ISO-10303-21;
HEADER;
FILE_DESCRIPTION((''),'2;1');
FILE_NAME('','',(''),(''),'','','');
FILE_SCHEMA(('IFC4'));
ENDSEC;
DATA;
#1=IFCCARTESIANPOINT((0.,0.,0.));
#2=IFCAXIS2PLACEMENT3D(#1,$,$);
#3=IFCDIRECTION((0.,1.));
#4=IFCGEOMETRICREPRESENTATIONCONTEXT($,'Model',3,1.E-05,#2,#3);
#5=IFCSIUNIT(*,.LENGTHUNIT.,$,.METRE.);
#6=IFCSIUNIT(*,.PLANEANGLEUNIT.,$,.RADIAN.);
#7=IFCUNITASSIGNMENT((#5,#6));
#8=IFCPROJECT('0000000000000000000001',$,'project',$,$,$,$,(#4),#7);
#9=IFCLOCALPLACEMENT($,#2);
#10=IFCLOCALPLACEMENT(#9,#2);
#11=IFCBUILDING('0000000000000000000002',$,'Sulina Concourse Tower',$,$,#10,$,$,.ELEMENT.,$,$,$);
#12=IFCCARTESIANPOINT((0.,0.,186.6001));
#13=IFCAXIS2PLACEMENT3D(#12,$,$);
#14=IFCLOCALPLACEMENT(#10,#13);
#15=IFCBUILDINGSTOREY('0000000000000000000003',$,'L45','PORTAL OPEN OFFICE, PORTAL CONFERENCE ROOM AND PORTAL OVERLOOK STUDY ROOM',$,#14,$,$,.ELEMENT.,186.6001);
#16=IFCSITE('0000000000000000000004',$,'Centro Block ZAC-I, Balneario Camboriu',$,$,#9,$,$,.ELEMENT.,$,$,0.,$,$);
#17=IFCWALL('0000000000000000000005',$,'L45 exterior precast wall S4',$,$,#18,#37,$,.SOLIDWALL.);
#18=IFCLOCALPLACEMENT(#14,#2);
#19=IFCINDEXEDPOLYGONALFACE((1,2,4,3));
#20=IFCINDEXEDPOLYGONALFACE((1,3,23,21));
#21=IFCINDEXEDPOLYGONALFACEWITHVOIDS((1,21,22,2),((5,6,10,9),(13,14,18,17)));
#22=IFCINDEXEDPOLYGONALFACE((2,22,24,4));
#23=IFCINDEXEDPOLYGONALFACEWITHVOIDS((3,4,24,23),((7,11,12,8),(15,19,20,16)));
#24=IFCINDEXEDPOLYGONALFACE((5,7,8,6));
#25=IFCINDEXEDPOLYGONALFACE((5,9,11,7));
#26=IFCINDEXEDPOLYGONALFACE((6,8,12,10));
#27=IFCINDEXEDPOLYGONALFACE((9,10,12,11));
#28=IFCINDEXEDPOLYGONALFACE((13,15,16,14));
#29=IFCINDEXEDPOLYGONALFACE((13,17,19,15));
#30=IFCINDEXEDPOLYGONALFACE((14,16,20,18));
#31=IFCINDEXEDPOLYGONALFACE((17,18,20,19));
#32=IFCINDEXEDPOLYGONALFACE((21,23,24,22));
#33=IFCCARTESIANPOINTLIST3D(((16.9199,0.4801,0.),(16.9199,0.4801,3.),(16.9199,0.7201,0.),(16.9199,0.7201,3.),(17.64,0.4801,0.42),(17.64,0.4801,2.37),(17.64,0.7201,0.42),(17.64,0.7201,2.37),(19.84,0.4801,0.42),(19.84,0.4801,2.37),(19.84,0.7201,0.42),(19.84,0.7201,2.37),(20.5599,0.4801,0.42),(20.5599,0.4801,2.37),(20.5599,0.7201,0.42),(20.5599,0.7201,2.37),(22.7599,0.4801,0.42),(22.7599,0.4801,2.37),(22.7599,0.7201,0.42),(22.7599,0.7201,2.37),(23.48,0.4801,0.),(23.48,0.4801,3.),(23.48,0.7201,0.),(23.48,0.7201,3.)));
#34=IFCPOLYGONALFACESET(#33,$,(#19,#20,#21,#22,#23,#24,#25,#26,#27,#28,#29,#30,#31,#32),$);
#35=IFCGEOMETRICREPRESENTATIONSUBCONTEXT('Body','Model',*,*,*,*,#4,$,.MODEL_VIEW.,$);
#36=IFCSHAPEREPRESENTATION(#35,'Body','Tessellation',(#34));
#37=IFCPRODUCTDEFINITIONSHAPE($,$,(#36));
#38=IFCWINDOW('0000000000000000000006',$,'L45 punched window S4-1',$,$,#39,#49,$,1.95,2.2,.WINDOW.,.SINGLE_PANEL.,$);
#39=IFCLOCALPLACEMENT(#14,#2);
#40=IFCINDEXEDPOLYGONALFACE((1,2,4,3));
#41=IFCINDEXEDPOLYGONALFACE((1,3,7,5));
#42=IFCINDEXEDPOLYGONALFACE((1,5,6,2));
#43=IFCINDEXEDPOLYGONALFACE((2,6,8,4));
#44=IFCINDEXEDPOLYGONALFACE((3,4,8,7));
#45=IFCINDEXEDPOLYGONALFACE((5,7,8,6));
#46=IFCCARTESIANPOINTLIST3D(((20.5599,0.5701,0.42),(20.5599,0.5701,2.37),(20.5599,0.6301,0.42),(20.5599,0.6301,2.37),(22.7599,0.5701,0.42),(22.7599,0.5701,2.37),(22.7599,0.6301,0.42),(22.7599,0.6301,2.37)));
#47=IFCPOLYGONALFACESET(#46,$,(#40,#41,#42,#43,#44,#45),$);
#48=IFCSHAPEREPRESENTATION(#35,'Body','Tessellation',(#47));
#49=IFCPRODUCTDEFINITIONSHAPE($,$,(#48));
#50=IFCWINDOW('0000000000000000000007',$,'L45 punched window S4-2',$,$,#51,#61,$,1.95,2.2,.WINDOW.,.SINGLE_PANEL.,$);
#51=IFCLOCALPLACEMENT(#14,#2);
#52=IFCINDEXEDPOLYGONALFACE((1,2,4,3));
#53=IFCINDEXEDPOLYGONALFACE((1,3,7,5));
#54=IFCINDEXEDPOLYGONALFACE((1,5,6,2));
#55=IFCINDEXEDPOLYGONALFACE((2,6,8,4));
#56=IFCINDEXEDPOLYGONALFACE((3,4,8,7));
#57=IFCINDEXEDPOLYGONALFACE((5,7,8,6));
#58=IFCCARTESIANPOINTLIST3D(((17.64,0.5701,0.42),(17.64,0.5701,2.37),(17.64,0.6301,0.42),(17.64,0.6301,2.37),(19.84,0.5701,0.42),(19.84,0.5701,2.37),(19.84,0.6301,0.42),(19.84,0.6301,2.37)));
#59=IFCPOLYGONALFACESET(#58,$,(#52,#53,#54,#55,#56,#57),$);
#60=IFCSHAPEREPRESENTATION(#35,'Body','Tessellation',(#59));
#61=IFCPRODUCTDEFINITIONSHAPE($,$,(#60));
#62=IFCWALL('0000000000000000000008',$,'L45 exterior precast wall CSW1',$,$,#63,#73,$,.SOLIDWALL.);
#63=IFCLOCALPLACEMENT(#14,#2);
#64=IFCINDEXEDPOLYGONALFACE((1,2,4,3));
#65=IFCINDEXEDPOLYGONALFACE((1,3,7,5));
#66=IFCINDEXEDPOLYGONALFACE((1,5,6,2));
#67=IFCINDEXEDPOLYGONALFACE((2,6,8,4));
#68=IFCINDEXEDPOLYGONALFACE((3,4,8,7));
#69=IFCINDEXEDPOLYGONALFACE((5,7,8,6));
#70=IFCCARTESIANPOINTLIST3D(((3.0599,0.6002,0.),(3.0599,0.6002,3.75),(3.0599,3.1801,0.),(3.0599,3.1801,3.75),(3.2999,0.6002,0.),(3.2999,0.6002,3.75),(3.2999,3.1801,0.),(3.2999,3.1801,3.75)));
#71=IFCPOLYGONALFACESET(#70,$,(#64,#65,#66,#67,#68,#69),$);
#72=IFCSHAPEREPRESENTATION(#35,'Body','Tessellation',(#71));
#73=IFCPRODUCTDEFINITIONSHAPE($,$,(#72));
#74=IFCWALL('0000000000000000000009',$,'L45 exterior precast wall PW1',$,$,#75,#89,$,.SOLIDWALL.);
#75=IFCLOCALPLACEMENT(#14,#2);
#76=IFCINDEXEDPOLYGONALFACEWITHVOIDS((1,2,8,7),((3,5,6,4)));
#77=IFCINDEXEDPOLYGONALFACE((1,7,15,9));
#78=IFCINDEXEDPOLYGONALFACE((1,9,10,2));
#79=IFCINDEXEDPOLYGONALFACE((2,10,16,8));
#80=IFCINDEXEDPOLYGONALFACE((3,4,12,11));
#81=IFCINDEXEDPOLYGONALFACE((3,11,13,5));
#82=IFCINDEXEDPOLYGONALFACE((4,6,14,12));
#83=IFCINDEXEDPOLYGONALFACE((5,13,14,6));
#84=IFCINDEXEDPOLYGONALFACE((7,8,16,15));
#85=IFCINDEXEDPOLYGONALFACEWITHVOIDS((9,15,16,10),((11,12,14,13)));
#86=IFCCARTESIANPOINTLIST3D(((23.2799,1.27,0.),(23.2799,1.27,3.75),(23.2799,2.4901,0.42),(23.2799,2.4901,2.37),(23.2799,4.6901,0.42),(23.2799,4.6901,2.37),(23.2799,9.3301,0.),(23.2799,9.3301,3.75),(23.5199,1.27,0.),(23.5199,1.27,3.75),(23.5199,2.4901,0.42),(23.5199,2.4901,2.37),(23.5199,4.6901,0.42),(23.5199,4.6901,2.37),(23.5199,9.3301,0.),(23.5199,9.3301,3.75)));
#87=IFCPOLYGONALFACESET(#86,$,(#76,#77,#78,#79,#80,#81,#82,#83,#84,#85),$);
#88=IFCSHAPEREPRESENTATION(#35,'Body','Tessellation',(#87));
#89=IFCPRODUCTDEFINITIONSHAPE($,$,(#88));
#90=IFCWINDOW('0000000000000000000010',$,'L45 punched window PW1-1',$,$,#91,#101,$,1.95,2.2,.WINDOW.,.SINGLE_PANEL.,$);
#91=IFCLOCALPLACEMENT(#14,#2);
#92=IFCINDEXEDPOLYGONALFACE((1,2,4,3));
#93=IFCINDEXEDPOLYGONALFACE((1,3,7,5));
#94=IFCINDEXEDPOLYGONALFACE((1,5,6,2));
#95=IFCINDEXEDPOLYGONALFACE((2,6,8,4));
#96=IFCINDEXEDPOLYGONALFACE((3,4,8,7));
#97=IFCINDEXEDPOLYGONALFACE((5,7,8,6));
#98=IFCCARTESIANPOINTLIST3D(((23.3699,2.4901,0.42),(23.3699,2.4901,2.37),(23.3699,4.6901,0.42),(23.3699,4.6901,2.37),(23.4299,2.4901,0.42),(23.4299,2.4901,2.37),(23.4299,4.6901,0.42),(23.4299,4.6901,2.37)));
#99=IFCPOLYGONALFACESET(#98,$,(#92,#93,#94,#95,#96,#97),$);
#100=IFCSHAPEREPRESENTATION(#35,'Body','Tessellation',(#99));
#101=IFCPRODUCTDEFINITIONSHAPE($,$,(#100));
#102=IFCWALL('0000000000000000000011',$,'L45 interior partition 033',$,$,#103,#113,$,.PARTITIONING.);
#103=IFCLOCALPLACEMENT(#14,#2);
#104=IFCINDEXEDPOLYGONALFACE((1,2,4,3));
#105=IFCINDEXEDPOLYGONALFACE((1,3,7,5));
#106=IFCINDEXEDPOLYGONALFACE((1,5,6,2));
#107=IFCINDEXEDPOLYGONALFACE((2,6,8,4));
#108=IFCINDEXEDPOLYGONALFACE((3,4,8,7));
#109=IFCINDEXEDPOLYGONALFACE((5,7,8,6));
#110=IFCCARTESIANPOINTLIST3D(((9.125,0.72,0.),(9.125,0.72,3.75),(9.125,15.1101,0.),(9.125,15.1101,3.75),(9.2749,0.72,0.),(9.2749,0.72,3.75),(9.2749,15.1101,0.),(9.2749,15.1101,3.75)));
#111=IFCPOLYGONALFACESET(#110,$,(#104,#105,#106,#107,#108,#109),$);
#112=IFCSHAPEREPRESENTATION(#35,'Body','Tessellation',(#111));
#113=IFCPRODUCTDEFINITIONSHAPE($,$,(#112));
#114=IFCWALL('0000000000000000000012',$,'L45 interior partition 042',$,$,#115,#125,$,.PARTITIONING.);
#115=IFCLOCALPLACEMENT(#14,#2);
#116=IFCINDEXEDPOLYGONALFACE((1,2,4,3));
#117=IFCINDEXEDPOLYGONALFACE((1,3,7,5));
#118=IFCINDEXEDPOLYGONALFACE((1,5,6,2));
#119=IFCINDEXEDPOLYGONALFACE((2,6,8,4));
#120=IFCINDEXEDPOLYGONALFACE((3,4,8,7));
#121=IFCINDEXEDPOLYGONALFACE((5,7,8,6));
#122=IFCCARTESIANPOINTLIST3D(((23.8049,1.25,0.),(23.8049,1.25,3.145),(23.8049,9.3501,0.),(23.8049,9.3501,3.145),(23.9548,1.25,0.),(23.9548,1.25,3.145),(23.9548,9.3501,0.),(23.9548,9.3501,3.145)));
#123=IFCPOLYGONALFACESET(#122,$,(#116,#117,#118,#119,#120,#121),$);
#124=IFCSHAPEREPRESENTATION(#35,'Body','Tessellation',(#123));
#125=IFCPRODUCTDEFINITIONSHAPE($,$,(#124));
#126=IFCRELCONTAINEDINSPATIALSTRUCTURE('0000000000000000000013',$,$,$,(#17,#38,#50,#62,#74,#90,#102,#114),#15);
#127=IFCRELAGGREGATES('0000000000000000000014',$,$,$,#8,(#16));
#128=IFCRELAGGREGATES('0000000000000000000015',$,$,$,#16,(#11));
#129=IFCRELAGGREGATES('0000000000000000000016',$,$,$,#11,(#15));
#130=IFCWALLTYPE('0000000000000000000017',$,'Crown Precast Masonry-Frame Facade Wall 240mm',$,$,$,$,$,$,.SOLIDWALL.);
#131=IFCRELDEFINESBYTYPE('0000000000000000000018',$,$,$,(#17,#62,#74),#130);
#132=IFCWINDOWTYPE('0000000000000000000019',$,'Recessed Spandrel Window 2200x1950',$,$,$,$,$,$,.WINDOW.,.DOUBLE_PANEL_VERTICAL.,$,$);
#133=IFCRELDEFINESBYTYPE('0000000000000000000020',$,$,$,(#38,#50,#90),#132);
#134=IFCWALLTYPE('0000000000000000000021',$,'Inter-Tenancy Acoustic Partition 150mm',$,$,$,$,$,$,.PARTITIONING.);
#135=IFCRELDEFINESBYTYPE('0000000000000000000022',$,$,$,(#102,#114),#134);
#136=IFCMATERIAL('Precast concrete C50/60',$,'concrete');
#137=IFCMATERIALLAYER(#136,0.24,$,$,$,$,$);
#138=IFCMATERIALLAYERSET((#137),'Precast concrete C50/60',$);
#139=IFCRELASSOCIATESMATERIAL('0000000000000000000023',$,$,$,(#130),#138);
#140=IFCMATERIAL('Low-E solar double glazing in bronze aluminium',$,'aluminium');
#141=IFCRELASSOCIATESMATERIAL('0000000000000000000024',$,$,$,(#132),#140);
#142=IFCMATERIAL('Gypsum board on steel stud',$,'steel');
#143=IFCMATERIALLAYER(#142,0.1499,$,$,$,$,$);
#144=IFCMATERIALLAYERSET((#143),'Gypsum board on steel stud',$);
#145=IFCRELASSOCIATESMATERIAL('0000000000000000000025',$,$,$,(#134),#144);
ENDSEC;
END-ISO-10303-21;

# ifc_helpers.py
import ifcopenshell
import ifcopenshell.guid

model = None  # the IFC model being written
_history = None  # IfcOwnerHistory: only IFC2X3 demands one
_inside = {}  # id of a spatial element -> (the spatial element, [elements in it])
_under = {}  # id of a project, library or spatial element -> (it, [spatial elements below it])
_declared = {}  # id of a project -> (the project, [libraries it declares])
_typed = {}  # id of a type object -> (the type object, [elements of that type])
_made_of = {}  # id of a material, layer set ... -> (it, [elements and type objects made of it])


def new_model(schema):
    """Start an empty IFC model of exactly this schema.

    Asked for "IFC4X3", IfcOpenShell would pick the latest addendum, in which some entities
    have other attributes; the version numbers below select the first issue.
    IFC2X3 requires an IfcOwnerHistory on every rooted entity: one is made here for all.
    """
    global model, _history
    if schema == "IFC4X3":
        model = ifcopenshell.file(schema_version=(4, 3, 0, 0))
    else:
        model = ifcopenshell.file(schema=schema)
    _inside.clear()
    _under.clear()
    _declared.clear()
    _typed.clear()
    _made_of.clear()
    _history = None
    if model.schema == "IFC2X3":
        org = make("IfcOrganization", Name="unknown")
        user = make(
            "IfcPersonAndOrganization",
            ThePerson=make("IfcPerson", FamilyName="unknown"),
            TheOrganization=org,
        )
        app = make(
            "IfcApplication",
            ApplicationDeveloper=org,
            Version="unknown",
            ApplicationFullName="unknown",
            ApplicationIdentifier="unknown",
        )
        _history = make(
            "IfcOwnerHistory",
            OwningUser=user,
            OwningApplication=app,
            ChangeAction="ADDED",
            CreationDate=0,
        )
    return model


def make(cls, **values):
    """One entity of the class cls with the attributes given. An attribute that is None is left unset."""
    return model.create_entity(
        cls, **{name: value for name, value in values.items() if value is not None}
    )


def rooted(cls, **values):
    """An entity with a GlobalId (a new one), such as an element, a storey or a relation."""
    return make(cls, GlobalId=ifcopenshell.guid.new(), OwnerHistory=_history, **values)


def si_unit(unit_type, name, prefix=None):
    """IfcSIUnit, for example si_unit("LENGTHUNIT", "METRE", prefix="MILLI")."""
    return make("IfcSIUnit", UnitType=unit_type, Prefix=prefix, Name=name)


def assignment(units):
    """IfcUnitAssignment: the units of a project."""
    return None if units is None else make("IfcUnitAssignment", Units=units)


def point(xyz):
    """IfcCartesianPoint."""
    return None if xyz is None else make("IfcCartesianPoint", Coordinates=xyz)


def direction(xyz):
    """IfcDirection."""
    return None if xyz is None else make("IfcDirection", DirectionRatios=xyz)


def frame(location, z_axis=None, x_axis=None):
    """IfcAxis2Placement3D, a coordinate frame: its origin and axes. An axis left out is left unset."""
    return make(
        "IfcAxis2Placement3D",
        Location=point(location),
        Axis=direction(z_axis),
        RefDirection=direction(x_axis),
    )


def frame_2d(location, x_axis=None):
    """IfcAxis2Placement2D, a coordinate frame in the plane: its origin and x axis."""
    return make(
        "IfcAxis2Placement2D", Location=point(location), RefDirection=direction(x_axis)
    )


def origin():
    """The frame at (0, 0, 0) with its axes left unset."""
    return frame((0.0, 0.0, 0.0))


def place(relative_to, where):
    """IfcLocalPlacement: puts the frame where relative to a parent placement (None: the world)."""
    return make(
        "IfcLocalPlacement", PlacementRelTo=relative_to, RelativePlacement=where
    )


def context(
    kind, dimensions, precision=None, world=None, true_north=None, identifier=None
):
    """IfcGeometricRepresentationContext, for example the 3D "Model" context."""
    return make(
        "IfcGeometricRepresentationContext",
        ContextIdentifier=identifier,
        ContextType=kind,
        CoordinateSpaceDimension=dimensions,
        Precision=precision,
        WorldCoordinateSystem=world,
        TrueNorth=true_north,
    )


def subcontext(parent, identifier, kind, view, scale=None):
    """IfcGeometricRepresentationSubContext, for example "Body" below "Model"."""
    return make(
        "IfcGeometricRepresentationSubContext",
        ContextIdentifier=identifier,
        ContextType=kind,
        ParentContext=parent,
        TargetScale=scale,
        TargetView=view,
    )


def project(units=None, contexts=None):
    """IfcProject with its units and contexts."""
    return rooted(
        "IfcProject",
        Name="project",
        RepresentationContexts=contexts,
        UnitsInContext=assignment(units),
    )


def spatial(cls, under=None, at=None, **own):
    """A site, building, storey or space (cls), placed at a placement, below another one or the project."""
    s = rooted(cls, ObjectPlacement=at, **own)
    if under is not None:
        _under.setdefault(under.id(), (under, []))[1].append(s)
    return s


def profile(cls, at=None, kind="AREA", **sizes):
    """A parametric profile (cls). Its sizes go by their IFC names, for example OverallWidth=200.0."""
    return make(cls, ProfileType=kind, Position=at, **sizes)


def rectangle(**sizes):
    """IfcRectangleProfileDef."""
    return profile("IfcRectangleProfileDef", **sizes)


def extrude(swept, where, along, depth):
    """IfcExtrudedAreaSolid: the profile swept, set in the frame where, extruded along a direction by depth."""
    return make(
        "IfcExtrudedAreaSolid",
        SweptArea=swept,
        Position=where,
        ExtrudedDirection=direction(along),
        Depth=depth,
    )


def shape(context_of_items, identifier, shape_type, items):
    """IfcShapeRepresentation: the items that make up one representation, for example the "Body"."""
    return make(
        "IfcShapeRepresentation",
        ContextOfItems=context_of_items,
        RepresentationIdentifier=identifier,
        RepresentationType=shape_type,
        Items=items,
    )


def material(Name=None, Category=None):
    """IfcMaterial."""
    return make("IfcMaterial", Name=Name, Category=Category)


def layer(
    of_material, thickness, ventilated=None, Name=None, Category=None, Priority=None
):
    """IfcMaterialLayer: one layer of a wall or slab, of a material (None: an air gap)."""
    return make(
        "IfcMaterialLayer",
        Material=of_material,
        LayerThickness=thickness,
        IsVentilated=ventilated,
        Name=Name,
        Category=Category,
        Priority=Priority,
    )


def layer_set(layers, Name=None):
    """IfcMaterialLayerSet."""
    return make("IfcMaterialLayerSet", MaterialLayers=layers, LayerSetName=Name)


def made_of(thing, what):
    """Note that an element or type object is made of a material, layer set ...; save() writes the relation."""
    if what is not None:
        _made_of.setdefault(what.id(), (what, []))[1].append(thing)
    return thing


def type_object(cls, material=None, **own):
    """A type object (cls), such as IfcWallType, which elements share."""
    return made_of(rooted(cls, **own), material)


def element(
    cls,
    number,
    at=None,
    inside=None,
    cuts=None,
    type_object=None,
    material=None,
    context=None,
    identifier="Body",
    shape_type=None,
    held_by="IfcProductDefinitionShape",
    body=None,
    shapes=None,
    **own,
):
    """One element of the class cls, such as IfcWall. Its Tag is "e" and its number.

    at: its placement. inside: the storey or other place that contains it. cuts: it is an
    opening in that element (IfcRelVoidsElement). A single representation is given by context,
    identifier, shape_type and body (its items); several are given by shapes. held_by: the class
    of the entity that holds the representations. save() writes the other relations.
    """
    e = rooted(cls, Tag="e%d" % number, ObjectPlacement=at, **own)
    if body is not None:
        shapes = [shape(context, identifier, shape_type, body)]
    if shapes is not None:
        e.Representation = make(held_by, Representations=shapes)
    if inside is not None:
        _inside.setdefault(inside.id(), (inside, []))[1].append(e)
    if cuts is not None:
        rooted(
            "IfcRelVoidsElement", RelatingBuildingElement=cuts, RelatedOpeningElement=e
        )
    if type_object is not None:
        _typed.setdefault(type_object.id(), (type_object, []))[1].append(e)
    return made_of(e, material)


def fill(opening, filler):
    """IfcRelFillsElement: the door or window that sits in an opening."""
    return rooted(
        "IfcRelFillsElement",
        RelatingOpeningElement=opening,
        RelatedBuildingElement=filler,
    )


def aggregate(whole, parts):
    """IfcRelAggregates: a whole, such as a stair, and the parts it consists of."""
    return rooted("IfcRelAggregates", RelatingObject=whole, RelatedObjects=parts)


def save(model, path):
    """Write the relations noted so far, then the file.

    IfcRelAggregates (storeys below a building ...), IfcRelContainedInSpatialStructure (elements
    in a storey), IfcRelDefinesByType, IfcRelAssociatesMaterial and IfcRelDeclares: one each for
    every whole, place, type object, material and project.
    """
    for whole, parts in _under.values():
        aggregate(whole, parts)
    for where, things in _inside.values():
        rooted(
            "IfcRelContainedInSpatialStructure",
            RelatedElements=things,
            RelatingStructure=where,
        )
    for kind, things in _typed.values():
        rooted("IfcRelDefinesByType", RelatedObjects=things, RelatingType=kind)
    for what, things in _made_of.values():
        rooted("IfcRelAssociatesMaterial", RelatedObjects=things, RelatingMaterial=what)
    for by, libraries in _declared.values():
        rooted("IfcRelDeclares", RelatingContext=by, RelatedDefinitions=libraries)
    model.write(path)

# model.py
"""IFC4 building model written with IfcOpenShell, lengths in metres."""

from ifc_helpers import new_model, si_unit, direction, frame, frame_2d, origin, place, context, subcontext, project, spatial, rectangle, extrude, material, layer, layer_set, type_object, element, fill, save


model = new_model("IFC4")

# Units and contexts
model_context = context("Model", 3, precision=1e-05, world=origin(), true_north=direction((0.0, 1.0)))
body_context = subcontext(model_context, "Body", "Model", "MODEL_VIEW")
ifc_project = project(units=[si_unit("LENGTHUNIT", "METRE"), si_unit("PLANEANGLEUNIT", "RADIAN")], contexts=[model_context])

# Site, building, storey
site_placement = place(None, origin())
site = spatial("IfcSite", under=ifc_project, at=site_placement, Name="Centro Block ZAC-I, Balneario Camboriu", CompositionType="ELEMENT", RefElevation=0.0)
building_placement = place(site_placement, origin())
building = spatial("IfcBuilding", under=site, at=building_placement, Name="Sulina Concourse Tower", CompositionType="ELEMENT")
storey_placement = place(building_placement, frame((0.0, 0.0, 186.6001)))
storey = spatial("IfcBuildingStorey", under=building, at=storey_placement, Name="L45", Description="PORTAL OPEN OFFICE, PORTAL CONFERENCE ROOM AND PORTAL OVERLOOK STUDY ROOM", CompositionType="ELEMENT", Elevation=186.6001)

# Shared definitions
ifc_material_1 = material(Name="Precast concrete C50/60", Category="concrete")
ifc_layer_1 = layer(ifc_material_1, 0.24)
ifc_layer_set_1 = layer_set([ifc_layer_1], Name="Precast concrete C50/60")
wall_type_1 = type_object("IfcWallType", Name="Crown Precast Masonry-Frame Facade Wall 240mm", PredefinedType="SOLIDWALL", material=ifc_layer_set_1)

# Wall, openings, windows
wall_1_placement = place(storey_placement, frame((23.48, 0.6001, 0.0), z_axis=(0.0, 0.0, 1.0), x_axis=(-1.0, 0.0, 0.0)))
wall_1 = element("IfcWall", 1, at=wall_1_placement, inside=storey, type_object=wall_type_1, Name="L45 exterior precast wall S4", PredefinedType="SOLIDWALL", context=body_context, shape_type="SweptSolid", body=[
    extrude(rectangle(XDim=6.5601, YDim=0.24, at=frame_2d((3.28, 0.0))), origin(), (0.0, 0.0, 1.0), 3.0),
])
opening_1_placement = place(wall_1_placement, frame((0.72, 0.0, 0.4199)))
opening_1 = element("IfcOpeningElement", 2, at=opening_1_placement, cuts=wall_1, PredefinedType="OPENING", context=body_context, shape_type="SweptSolid", body=[
    extrude(rectangle(XDim=2.2, YDim=1.95, at=frame_2d((1.1001, 0.9751))), frame((0.0, 0.1299, 0.0), z_axis=(0.0, -1.0, 0.0), x_axis=(1.0, 0.0, 0.0)), (0.0, 0.0, 1.0), 0.26),
])
opening_2_placement = place(wall_1_placement, frame((3.6399, 0.0, 0.4199)))
opening_2 = element("IfcOpeningElement", 3, at=opening_2_placement, cuts=wall_1, PredefinedType="OPENING", context=body_context, shape_type="SweptSolid", body=[
    extrude(rectangle(XDim=2.2, YDim=1.95, at=frame_2d((1.1001, 0.9751))), frame((0.0, 0.1299, 0.0), z_axis=(0.0, -1.0, 0.0), x_axis=(1.0, 0.0, 0.0)), (0.0, 0.0, 1.0), 0.26),
])
ifc_material_2 = material(Name="Low-E solar double glazing in bronze aluminium", Category="aluminium")
window_type = type_object("IfcWindowType", Name="Recessed Spandrel Window 2200x1950", PartitioningType="DOUBLE_PANEL_VERTICAL", PredefinedType="WINDOW", material=ifc_material_2)
window_1_placement = place(opening_1_placement, origin())
window_1 = element("IfcWindow", 4, at=window_1_placement, inside=storey, type_object=window_type, Name="L45 punched window S4-1", OverallHeight=1.95, OverallWidth=2.2, PartitioningType="SINGLE_PANEL", PredefinedType="WINDOW", context=body_context, shape_type="SweptSolid", body=[
    extrude(rectangle(XDim=2.2, YDim=1.95, at=frame_2d((1.1001, 0.9751))), frame((0.0, 0.03, 0.0), z_axis=(0.0, -1.0, 0.0), x_axis=(1.0, 0.0, 0.0)), (0.0, 0.0, 1.0), 0.0601),
])
fill(opening_1, window_1)
window_2_placement = place(opening_2_placement, origin())
window_2 = element("IfcWindow", 5, at=window_2_placement, inside=storey, type_object=window_type, Name="L45 punched window S4-2", OverallHeight=1.95, OverallWidth=2.2, PartitioningType="SINGLE_PANEL", PredefinedType="WINDOW", context=body_context, shape_type="SweptSolid", body=[
    extrude(rectangle(XDim=2.2, YDim=1.95, at=frame_2d((1.1001, 0.9751))), frame((0.0, 0.03, 0.0), z_axis=(0.0, -1.0, 0.0), x_axis=(1.0, 0.0, 0.0)), (0.0, 0.0, 1.0), 0.0601),
])
fill(opening_2, window_2)

# Wall
wall_2_placement = place(storey_placement, frame((3.1799, 0.6001, 0.0), z_axis=(0.0, 0.0, 1.0), x_axis=(0.0, 1.0, 0.0)))
element("IfcWall", 6, at=wall_2_placement, inside=storey, type_object=wall_type_1, Name="L45 exterior precast wall CSW1", PredefinedType="SOLIDWALL", context=body_context, shape_type="SweptSolid", body=[
    extrude(rectangle(XDim=2.5798, YDim=0.24, at=frame_2d((1.29, 0.0))), origin(), (0.0, 0.0, 1.0), 3.75),
])

# Wall, opening, window
wall_3_placement = place(storey_placement, frame((23.3999, 9.3301, 0.0), z_axis=(0.0, 0.0, 1.0), x_axis=(0.0, -1.0, 0.0)))
wall_3 = element("IfcWall", 7, at=wall_3_placement, inside=storey, type_object=wall_type_1, Name="L45 exterior precast wall PW1", PredefinedType="SOLIDWALL", context=body_context, shape_type="SweptSolid", body=[
    extrude(rectangle(XDim=8.0601, YDim=0.24, at=frame_2d((4.03, 0.0))), origin(), (0.0, 0.0, 1.0), 3.75),
])
opening_3_placement = place(wall_3_placement, frame((4.6399, 0.0, 0.4199)))
opening_3 = element("IfcOpeningElement", 8, at=opening_3_placement, cuts=wall_3, PredefinedType="OPENING", context=body_context, shape_type="SweptSolid", body=[
    extrude(rectangle(XDim=2.2, YDim=1.95, at=frame_2d((1.1001, 0.9751))), frame((0.0, 0.1299, 0.0), z_axis=(0.0, -1.0, 0.0), x_axis=(1.0, 0.0, 0.0)), (0.0, 0.0, 1.0), 0.26),
])
window_3_placement = place(opening_3_placement, origin())
window_3 = element("IfcWindow", 9, at=window_3_placement, inside=storey, type_object=window_type, Name="L45 punched window PW1-1", OverallHeight=1.95, OverallWidth=2.2, PartitioningType="SINGLE_PANEL", PredefinedType="WINDOW", context=body_context, shape_type="SweptSolid", body=[
    extrude(rectangle(XDim=2.2, YDim=1.95, at=frame_2d((1.1001, 0.9751))), frame((0.0, 0.03, 0.0), z_axis=(0.0, -1.0, 0.0), x_axis=(1.0, 0.0, 0.0)), (0.0, 0.0, 1.0), 0.0601),
])
fill(opening_3, window_3)

# Walls
ifc_material_3 = material(Name="Gypsum board on steel stud", Category="steel")
ifc_layer_2 = layer(ifc_material_3, 0.1499)
ifc_layer_set_2 = layer_set([ifc_layer_2], Name="Gypsum board on steel stud")
wall_type_2 = type_object("IfcWallType", Name="Inter-Tenancy Acoustic Partition 150mm", PredefinedType="PARTITIONING", material=ifc_layer_set_2)
wall_4_placement = place(storey_placement, frame((9.2, 0.72, 0.0), z_axis=(0.0, 0.0, 1.0), x_axis=(0.0, 1.0, 0.0)))
element("IfcWall", 10, at=wall_4_placement, inside=storey, type_object=wall_type_2, Name="L45 interior partition 033", PredefinedType="PARTITIONING", context=body_context, shape_type="SweptSolid", body=[
    extrude(rectangle(XDim=14.3901, YDim=0.1499, at=frame_2d((7.1951, 0.0))), origin(), (0.0, 0.0, 1.0), 3.75),
])
wall_5_placement = place(storey_placement, frame((23.8799, 1.25, 0.0), z_axis=(0.0, 0.0, 1.0), x_axis=(0.0, 1.0, 0.0)))
element("IfcWall", 11, at=wall_5_placement, inside=storey, type_object=wall_type_2, Name="L45 interior partition 042", PredefinedType="PARTITIONING", context=body_context, shape_type="SweptSolid", body=[
    extrude(rectangle(XDim=8.1001, YDim=0.1499, at=frame_2d((4.05, 0.0))), origin(), (0.0, 0.0, 1.0), 3.145),
])

save(model, "model.ifc")
